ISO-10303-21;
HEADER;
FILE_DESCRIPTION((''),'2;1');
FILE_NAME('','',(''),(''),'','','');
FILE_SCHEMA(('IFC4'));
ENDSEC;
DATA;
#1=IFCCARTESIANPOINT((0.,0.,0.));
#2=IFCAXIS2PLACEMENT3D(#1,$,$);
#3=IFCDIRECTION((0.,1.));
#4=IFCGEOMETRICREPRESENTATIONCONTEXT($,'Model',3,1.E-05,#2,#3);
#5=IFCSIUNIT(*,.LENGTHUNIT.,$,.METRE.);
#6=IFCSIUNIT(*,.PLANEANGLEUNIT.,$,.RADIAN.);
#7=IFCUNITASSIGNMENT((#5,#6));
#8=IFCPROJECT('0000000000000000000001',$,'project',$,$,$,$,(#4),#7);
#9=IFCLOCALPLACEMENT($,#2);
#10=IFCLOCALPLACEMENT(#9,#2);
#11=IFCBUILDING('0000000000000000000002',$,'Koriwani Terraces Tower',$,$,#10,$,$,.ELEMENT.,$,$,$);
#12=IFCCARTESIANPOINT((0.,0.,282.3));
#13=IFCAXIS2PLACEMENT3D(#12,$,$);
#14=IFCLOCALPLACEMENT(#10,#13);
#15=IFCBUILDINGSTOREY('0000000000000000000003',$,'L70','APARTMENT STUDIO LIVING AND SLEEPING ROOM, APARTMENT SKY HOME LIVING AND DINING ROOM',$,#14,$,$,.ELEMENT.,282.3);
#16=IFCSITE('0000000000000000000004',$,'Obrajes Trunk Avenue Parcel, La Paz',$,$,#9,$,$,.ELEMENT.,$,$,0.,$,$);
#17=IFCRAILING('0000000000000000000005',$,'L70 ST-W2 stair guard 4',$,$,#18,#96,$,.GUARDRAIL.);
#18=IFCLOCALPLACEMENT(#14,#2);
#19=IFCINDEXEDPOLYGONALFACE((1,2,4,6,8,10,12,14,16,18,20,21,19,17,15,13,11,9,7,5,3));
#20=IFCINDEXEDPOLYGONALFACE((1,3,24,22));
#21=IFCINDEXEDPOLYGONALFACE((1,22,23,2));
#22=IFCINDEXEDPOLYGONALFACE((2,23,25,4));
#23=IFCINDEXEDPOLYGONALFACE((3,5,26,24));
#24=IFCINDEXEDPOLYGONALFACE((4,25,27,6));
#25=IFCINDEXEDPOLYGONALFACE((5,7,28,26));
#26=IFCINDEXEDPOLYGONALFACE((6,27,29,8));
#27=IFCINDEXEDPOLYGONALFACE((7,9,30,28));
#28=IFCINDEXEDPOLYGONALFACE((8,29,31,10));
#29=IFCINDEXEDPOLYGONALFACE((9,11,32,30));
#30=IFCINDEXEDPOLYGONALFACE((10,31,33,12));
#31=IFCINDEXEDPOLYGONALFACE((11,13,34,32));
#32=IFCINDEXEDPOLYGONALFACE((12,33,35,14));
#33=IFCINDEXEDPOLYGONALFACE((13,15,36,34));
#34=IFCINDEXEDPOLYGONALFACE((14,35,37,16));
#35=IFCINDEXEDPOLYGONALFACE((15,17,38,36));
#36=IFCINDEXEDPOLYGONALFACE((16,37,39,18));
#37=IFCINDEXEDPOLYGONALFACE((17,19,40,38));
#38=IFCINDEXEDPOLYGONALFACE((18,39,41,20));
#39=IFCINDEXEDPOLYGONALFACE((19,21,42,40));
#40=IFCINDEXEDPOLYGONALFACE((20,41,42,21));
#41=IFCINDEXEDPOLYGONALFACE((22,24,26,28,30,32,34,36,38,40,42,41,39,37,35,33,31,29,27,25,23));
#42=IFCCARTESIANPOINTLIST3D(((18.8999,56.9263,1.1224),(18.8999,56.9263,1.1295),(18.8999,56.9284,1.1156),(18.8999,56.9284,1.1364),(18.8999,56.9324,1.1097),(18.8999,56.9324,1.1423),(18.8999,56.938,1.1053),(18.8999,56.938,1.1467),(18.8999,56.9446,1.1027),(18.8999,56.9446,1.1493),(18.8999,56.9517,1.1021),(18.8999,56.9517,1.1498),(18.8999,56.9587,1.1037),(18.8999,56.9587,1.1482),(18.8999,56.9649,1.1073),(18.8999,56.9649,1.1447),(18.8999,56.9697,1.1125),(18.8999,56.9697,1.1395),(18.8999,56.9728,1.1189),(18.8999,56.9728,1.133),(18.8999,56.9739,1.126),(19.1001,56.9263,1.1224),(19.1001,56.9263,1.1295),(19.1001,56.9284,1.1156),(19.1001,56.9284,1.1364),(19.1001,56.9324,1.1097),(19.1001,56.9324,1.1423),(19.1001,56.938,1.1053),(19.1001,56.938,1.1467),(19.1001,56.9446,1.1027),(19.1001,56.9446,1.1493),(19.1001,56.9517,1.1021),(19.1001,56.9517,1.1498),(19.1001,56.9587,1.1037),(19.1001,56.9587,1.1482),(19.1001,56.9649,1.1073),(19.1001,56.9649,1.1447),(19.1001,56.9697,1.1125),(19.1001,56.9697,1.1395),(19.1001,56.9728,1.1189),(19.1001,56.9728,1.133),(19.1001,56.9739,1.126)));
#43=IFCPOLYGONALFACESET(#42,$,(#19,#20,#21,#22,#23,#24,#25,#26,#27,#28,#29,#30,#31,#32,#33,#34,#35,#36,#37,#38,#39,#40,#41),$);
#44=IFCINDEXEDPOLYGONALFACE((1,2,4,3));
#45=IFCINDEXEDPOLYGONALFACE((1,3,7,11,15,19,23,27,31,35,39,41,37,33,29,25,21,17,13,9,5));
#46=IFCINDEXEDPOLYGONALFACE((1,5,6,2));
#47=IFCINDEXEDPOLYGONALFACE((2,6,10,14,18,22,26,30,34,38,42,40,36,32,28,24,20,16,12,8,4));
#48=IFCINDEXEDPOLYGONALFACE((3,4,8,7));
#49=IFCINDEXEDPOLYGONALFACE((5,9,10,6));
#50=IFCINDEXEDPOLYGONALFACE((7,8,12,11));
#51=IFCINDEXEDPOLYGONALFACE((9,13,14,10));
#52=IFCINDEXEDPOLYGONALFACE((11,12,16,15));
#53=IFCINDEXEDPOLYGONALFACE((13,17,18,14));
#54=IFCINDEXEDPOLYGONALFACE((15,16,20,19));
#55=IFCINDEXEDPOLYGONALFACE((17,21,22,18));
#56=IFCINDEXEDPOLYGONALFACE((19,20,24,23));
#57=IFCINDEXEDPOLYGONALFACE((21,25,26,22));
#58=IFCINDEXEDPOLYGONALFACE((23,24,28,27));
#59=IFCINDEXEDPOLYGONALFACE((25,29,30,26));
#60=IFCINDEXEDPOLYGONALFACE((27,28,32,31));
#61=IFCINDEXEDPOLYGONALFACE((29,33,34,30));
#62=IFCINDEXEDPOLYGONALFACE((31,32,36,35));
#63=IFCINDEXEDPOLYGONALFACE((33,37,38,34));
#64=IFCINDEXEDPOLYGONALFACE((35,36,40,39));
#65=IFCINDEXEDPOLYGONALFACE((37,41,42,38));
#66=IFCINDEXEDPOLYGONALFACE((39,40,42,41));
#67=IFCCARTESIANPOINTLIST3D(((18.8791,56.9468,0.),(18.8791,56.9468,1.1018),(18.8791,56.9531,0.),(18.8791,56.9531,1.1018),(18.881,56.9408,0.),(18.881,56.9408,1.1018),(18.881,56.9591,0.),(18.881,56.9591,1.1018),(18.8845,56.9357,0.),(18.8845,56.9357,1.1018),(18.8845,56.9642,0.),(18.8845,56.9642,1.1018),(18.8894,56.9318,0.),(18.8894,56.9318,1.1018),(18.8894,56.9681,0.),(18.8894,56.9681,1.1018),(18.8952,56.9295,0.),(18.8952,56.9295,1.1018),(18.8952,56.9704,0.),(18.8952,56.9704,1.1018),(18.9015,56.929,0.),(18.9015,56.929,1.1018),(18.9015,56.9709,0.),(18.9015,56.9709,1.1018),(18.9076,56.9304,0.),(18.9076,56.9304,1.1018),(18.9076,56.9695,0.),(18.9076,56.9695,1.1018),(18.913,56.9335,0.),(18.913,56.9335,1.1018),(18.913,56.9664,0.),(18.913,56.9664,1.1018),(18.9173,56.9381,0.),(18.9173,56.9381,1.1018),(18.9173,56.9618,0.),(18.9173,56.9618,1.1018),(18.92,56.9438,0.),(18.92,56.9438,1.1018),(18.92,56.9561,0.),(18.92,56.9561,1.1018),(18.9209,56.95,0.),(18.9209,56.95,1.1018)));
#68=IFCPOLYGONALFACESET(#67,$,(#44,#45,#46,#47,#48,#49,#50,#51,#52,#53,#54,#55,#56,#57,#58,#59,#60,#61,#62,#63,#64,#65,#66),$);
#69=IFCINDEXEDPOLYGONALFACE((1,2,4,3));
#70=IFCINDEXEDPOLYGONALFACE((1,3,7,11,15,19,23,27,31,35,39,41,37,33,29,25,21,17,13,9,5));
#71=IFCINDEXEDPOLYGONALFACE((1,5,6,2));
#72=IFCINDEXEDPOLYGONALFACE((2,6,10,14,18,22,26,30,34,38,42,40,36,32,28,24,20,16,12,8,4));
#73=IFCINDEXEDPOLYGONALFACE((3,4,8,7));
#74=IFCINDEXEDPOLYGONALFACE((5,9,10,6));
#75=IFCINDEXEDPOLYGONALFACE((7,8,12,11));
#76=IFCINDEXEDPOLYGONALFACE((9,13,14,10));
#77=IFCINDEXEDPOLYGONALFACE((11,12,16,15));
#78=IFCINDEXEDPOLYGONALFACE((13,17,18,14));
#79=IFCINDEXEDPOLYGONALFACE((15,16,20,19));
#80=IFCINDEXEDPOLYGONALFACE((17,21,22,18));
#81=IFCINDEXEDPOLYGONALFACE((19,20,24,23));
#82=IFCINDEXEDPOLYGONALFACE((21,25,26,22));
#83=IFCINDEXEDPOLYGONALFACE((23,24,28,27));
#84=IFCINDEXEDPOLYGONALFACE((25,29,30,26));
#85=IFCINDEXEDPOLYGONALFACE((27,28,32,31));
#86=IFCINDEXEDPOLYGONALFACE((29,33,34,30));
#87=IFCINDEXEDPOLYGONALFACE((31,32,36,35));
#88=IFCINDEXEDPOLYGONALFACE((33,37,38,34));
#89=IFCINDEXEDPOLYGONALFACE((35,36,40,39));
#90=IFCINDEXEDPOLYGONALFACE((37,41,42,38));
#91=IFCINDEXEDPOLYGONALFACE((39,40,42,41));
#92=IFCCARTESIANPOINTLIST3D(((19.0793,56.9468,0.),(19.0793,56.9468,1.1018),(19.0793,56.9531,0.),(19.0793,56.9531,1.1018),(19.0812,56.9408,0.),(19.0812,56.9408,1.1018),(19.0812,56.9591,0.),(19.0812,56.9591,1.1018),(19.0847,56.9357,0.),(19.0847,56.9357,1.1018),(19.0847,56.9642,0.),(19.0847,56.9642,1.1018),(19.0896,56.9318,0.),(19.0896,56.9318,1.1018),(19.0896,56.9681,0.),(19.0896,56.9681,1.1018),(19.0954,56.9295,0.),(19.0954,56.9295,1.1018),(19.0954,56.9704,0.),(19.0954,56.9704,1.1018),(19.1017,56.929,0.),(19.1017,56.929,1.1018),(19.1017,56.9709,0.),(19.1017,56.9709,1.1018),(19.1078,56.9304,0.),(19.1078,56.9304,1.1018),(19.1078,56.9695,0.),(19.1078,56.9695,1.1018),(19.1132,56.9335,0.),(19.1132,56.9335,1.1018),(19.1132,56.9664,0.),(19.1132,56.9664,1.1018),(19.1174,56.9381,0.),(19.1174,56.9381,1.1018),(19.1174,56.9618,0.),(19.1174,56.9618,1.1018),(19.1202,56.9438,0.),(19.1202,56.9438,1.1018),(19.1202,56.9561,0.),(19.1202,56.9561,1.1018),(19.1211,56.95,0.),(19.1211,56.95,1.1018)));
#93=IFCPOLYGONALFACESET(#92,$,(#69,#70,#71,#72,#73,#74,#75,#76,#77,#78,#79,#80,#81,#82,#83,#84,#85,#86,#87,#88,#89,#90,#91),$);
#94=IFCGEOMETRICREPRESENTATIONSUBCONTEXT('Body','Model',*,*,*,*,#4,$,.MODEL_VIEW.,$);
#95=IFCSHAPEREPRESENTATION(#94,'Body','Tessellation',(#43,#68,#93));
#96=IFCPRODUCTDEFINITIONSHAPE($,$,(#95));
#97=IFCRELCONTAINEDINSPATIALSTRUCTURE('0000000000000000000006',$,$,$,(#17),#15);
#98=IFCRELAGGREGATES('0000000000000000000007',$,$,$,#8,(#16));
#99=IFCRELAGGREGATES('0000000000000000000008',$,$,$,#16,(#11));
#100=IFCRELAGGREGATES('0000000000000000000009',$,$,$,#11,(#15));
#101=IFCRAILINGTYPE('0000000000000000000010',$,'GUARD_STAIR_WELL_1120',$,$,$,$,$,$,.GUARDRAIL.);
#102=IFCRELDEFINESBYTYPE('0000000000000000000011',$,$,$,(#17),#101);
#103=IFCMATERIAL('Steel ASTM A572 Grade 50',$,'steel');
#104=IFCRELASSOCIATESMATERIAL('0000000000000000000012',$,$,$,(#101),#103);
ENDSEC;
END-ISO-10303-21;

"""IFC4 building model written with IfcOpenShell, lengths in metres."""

from ifc_helpers import new_model, si_unit, direction, frame, origin, origin_2d, place, context, subcontext, project, spatial, circle, extrude, material, type_object, element, save


model = new_model("IFC4")

# Units and contexts
model_context = context("Model", 3, precision=1e-05, world=origin(), true_north=direction((0.0, 1.0)))
body_context = subcontext(model_context, "Body", "Model", "MODEL_VIEW")
ifc_project = project(units=[si_unit("LENGTHUNIT", "METRE"), si_unit("PLANEANGLEUNIT", "RADIAN")], contexts=[model_context])

# Site, building, storey
site_placement = place(None, origin())
site = spatial("IfcSite", under=ifc_project, at=site_placement, Name="Obrajes Trunk Avenue Parcel, La Paz", CompositionType="ELEMENT", RefElevation=0.0)
building_placement = place(site_placement, origin())
building = spatial("IfcBuilding", under=site, at=building_placement, Name="Koriwani Terraces Tower", CompositionType="ELEMENT")
storey_placement = place(building_placement, frame((0.0, 0.0, 282.3)))
storey = spatial("IfcBuildingStorey", under=building, at=storey_placement, Name="L70", Description="APARTMENT STUDIO LIVING AND SLEEPING ROOM, APARTMENT SKY HOME LIVING AND DINING ROOM", CompositionType="ELEMENT", Elevation=282.3)

# Shared definitions
ifc_material_1 = material(Name="Steel ASTM A572 Grade 50", Category="steel")

# Railing
railing_type_1 = type_object("IfcRailingType", Name="GUARD_STAIR_WELL_1120", PredefinedType="GUARDRAIL", material=ifc_material_1)
railing_1_placement = place(storey_placement, frame((18.8999, 56.95, 0.0)))
element("IfcRailing", 1, at=railing_1_placement, inside=storey, type_object=railing_type_1, Name="L70 ST-W2 stair guard 4", PredefinedType="GUARDRAIL", context=body_context, shape_type="SweptSolid", body=[
    extrude(circle(Radius=0.0239, at=origin_2d()), frame((0.0, 0.0, 1.126), z_axis=(1.0, 0.0, 0.0), x_axis=(0.0, 1.0, 0.0)), (0.0, 0.0, 1.0), 0.2002),
    extrude(circle(Radius=0.021, at=origin_2d()), origin(), (0.0, 0.0, 1.0), 1.1018),
    extrude(circle(Radius=0.021, at=origin_2d()), frame((0.2002, 0.0, 0.0)), (0.0, 0.0, 1.0), 1.1018),
])

save(model, "model.ifc")
